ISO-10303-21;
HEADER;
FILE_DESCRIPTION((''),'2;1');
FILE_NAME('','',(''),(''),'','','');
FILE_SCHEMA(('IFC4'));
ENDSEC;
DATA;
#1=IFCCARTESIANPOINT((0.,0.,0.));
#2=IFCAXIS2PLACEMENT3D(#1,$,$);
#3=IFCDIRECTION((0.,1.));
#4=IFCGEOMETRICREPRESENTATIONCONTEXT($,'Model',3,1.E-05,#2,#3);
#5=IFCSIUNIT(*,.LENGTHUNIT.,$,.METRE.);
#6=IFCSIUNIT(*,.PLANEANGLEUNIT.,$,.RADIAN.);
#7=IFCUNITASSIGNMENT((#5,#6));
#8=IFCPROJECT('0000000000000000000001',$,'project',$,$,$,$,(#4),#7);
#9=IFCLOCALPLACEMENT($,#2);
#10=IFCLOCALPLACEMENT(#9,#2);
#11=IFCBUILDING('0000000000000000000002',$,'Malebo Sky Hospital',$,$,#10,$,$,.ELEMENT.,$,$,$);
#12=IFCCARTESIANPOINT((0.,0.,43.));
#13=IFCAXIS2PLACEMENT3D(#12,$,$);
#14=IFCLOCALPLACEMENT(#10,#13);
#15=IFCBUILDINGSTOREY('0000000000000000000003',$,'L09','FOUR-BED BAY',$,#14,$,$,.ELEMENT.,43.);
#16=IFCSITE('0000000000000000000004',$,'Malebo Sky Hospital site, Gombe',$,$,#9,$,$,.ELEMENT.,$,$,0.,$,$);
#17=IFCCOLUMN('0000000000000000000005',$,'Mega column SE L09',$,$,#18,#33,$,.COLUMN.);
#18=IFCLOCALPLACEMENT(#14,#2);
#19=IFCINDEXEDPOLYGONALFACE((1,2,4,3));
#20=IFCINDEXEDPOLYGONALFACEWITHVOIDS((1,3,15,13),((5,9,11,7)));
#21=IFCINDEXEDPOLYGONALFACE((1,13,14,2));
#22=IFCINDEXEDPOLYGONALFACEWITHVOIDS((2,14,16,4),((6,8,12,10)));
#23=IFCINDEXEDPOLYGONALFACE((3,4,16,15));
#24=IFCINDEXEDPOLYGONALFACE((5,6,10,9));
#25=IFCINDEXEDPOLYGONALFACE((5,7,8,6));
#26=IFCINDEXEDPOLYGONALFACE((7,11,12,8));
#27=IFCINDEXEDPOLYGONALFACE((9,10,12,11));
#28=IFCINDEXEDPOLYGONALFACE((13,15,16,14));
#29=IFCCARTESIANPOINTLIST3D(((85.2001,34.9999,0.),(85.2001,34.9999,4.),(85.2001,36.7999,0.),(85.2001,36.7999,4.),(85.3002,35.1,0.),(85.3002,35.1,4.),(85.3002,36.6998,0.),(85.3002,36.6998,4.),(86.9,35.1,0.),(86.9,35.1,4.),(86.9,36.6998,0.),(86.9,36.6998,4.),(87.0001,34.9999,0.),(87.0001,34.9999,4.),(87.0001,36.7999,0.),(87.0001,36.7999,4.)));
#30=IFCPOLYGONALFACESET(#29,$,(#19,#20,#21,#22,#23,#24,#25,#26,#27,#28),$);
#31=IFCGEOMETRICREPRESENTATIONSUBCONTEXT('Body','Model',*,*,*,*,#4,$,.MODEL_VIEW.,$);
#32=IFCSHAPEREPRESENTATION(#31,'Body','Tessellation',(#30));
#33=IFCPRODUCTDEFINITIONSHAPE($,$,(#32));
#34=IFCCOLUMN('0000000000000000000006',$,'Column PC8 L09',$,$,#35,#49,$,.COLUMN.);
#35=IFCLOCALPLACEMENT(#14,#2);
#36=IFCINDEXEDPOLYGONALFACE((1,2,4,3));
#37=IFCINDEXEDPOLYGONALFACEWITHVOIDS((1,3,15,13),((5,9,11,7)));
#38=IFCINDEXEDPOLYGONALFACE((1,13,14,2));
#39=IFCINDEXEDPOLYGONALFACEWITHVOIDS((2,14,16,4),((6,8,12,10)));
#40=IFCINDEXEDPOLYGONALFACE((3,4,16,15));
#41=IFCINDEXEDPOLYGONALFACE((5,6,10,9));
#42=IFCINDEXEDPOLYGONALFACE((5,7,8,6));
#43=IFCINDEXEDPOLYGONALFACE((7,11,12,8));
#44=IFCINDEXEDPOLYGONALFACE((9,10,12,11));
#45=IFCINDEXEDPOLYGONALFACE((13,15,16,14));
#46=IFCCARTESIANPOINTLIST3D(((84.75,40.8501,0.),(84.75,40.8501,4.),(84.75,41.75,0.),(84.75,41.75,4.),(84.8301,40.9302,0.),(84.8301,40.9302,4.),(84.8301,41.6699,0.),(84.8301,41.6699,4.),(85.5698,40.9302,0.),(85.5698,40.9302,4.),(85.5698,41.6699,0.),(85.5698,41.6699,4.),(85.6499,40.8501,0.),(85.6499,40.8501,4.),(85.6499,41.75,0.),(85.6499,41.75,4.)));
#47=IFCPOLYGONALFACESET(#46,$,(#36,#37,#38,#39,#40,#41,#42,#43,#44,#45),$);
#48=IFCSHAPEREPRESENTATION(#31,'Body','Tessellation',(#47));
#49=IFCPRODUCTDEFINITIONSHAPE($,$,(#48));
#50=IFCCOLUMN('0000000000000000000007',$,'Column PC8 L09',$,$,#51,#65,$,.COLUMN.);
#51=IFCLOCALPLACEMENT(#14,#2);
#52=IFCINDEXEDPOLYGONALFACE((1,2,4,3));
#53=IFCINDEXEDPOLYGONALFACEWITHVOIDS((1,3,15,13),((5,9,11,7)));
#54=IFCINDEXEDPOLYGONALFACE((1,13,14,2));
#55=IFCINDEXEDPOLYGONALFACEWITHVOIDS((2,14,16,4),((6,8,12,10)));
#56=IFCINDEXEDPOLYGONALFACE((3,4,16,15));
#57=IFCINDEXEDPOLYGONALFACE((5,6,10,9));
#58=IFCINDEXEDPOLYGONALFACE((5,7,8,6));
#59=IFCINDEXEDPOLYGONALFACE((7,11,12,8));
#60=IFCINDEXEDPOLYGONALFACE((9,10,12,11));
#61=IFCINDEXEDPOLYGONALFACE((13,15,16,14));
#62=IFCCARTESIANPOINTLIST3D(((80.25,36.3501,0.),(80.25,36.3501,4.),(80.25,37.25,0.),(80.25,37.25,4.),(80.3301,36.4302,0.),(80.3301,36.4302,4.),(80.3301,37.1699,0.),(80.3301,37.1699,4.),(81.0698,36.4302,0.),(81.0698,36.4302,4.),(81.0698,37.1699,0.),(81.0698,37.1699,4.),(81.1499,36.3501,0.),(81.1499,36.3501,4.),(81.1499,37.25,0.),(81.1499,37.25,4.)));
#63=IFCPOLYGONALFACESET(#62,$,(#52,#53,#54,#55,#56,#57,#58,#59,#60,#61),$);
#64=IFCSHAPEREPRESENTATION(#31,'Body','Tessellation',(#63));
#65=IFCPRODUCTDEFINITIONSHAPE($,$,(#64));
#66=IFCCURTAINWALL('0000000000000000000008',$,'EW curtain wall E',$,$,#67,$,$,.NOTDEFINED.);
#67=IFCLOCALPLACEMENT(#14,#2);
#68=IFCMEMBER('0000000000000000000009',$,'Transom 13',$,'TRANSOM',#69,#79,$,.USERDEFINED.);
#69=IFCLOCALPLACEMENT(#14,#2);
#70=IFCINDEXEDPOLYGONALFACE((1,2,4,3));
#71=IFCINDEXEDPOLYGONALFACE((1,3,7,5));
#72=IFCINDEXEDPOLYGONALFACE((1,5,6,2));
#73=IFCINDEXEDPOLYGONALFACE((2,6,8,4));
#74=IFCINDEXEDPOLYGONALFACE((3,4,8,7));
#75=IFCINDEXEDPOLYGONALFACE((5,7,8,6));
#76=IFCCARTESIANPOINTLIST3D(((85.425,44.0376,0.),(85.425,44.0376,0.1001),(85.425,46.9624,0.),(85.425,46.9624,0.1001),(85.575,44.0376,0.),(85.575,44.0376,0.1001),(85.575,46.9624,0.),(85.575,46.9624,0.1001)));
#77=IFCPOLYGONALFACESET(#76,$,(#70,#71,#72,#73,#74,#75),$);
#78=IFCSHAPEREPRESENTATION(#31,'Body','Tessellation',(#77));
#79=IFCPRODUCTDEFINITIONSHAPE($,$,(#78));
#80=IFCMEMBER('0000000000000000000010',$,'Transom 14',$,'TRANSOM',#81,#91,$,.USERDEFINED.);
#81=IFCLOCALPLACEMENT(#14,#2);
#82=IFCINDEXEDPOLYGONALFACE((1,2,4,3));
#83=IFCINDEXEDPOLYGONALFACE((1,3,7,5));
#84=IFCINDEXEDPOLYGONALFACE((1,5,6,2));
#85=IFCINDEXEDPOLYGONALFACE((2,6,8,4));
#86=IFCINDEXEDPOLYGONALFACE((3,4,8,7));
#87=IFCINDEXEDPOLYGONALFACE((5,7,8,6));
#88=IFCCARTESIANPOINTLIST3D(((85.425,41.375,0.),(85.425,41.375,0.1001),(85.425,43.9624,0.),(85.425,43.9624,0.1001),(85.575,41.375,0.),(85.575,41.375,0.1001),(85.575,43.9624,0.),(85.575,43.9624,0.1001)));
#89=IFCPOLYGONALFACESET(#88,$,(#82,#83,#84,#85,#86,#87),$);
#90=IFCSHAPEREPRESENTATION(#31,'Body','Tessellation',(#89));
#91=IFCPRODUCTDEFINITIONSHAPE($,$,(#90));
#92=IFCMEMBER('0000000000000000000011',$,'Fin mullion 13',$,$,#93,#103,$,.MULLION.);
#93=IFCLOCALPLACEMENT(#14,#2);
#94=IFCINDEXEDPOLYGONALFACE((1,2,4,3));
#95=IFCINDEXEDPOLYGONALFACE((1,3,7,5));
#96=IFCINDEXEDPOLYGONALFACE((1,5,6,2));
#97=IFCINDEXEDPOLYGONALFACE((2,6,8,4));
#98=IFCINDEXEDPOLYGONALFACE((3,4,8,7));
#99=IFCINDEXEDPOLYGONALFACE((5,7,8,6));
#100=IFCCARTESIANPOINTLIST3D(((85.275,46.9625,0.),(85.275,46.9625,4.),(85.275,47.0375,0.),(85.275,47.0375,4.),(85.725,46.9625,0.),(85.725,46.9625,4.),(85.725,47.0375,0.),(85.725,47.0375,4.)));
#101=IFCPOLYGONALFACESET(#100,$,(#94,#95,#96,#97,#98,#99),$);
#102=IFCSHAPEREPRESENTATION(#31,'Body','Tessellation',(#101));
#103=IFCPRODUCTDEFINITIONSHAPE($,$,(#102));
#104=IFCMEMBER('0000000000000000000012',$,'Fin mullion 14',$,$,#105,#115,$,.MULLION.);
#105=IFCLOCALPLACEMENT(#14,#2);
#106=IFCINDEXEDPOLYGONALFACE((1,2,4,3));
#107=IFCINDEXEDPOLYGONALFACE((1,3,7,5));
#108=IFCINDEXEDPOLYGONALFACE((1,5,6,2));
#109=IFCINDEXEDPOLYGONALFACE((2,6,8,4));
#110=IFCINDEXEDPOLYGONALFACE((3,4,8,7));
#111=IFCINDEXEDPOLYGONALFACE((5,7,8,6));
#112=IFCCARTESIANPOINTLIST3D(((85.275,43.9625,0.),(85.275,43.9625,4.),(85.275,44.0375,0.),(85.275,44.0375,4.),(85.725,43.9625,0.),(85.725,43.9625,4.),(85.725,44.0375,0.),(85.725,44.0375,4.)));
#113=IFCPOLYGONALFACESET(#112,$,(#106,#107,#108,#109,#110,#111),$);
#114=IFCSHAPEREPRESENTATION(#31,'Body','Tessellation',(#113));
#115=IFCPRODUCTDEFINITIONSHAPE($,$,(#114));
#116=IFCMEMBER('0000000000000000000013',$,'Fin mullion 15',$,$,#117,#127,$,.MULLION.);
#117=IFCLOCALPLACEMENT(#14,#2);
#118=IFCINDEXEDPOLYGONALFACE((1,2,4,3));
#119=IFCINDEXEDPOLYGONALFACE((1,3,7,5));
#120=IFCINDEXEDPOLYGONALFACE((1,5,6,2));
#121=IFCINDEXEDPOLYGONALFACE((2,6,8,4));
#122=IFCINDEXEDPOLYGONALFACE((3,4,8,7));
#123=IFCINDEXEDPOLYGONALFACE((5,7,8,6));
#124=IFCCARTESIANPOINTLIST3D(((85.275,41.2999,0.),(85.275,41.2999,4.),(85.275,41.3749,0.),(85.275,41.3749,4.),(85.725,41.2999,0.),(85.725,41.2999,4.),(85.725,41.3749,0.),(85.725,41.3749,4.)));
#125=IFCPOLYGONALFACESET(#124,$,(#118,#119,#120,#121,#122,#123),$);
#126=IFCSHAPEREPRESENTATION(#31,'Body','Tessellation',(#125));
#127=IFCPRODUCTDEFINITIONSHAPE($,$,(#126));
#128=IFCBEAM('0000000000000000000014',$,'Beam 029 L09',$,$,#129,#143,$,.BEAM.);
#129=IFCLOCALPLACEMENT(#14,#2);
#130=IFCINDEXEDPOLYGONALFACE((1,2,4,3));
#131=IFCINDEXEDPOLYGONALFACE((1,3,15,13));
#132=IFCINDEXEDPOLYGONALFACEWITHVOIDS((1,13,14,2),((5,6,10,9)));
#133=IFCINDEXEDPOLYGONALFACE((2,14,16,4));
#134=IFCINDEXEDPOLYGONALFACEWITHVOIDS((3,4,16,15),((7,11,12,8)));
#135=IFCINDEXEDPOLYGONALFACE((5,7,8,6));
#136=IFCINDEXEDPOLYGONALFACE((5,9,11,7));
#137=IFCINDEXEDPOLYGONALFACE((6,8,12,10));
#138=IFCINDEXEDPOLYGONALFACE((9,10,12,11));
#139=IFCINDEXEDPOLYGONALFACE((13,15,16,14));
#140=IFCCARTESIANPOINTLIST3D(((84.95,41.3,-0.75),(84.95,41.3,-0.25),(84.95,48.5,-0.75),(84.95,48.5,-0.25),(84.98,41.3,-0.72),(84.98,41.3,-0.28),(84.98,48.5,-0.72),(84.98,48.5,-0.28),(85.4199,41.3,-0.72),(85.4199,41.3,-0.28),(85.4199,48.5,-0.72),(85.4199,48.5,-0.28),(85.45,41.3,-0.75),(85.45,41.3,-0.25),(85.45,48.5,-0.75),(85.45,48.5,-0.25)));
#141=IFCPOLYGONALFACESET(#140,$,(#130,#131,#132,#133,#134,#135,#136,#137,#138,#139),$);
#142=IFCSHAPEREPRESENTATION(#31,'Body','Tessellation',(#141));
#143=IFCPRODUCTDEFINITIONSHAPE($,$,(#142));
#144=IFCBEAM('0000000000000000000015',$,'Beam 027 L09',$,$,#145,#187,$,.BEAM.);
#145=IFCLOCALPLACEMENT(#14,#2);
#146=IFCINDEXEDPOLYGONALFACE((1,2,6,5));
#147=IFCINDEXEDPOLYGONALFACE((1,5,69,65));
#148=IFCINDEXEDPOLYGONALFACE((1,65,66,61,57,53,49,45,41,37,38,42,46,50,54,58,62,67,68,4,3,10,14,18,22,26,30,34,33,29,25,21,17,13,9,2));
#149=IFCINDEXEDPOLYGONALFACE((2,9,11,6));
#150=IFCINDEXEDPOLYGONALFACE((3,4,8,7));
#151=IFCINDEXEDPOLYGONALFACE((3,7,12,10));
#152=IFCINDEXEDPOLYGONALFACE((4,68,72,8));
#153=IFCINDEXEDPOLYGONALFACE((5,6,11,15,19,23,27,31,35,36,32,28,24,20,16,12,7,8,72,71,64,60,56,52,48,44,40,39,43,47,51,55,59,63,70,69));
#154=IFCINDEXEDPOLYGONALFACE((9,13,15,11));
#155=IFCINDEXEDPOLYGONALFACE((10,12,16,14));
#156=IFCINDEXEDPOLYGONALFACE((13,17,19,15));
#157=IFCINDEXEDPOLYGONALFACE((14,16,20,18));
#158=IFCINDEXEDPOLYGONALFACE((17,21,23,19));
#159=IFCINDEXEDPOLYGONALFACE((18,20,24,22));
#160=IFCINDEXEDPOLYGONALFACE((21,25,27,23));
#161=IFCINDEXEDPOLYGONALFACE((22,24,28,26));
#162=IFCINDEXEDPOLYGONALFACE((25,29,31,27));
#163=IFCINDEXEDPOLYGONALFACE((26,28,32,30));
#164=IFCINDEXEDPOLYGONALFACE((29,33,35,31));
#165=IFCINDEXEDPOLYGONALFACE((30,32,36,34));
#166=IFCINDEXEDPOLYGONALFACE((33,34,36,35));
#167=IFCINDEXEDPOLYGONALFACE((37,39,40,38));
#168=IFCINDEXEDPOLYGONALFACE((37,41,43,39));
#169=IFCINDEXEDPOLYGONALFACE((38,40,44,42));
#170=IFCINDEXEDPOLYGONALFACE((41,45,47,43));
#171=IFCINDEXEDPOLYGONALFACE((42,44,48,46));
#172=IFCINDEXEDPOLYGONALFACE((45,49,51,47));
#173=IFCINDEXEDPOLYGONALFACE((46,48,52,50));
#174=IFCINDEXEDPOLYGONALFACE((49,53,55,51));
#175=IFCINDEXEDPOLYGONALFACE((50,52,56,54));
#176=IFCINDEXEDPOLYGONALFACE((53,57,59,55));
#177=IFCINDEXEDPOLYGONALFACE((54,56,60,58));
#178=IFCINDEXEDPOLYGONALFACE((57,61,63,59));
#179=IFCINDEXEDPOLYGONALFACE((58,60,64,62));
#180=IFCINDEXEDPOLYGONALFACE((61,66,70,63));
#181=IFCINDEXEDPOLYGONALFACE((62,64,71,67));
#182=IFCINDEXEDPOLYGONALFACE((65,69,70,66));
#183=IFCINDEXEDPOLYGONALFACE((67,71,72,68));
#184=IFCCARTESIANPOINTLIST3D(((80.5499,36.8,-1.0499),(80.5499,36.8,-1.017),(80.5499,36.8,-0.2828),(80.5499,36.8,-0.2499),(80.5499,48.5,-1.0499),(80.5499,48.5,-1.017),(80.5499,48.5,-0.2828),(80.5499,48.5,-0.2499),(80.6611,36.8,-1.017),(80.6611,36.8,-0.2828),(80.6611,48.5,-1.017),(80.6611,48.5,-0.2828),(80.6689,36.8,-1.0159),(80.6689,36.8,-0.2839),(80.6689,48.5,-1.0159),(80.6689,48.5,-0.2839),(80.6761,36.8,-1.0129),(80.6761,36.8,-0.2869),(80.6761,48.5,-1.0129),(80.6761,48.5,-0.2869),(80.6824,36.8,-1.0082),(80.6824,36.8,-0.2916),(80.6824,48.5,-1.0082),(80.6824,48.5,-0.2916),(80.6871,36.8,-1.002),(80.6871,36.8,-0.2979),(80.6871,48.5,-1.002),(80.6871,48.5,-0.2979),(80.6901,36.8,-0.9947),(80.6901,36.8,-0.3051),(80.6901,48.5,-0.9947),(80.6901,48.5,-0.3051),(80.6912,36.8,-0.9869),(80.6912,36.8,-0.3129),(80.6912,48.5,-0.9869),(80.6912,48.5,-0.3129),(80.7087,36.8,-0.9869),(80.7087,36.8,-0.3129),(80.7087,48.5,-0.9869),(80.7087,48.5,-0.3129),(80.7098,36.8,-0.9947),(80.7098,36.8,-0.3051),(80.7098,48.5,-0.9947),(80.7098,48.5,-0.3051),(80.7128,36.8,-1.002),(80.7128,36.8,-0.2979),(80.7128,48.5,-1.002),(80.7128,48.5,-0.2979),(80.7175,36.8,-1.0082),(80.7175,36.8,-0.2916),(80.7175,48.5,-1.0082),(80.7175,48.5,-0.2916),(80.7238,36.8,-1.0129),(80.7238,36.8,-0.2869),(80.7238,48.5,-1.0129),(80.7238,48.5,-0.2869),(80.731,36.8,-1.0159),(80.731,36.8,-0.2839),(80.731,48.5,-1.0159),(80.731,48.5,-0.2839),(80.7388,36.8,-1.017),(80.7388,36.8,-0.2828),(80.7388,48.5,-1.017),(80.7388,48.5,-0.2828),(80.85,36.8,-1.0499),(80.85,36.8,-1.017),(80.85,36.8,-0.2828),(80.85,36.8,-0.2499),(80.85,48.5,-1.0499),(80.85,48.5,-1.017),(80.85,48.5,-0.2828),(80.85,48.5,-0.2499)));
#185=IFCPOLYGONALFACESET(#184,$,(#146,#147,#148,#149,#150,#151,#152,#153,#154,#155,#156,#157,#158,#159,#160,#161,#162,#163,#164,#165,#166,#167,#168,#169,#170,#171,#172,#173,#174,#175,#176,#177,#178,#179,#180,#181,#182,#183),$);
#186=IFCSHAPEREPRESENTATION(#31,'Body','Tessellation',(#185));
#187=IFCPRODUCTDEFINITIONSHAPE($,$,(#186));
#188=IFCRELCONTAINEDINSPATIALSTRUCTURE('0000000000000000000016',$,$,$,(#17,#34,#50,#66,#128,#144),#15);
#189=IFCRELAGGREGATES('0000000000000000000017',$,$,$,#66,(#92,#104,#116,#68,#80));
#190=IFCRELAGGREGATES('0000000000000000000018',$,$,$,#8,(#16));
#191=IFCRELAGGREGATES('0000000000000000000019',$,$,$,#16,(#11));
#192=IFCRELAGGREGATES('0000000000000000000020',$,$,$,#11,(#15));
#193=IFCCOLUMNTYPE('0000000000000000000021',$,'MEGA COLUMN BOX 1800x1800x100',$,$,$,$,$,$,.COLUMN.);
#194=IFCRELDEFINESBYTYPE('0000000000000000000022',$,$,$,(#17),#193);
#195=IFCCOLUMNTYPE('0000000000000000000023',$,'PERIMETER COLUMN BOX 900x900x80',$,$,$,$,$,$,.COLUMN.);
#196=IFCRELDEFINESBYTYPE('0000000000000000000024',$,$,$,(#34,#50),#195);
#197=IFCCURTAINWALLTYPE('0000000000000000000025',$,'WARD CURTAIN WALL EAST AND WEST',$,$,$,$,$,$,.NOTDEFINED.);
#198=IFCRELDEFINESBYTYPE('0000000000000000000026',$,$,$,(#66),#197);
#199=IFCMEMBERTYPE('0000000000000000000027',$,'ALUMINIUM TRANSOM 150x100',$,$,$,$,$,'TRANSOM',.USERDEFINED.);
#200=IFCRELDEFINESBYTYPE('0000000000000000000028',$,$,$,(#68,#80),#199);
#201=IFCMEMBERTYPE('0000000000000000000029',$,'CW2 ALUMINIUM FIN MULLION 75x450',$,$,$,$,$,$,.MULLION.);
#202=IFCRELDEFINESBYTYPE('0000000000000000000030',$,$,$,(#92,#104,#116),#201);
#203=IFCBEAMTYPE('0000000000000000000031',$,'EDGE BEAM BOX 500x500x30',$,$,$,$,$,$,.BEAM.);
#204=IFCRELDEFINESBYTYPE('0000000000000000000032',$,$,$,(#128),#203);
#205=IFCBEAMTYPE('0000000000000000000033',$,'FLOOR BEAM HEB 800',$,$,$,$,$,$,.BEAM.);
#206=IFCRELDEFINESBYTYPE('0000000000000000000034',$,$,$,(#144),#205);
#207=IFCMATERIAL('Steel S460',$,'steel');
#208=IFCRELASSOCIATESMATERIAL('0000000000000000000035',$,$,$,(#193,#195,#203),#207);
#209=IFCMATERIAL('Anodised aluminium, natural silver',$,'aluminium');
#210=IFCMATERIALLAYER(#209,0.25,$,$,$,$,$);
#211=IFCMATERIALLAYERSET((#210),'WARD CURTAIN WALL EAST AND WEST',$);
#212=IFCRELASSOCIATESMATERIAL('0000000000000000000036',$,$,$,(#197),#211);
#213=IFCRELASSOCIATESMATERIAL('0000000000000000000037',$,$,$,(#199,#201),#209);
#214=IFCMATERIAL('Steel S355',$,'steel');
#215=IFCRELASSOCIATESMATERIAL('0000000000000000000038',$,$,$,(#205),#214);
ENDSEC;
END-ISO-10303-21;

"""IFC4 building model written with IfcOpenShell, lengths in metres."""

from ifc_helpers import new_model, si_unit, direction, frame, origin, origin_2d, place, context, subcontext, project, spatial, rectangle, hollow_rectangle, i_section, extrude, material, layer, layer_set, material_profile, profile_set, type_object, element, aggregate, save


model = new_model("IFC4")

# Units and contexts
model_context = context("Model", 3, precision=1e-05, world=origin(), true_north=direction((0.0, 1.0)))
body_context = subcontext(model_context, "Body", "Model", "MODEL_VIEW")
ifc_project = project(units=[si_unit("LENGTHUNIT", "METRE"), si_unit("PLANEANGLEUNIT", "RADIAN")], contexts=[model_context])

# Site, building, storey
site_placement = place(None, origin())
site = spatial("IfcSite", under=ifc_project, at=site_placement, Name="Malebo Sky Hospital site, Gombe", CompositionType="ELEMENT", RefElevation=0.0)
building_placement = place(site_placement, origin())
building = spatial("IfcBuilding", under=site, at=building_placement, Name="Malebo Sky Hospital", CompositionType="ELEMENT")
storey_placement = place(building_placement, frame((0.0, 0.0, 43.0)))
storey = spatial("IfcBuildingStorey", under=building, at=storey_placement, Name="L09", Description="FOUR-BED BAY", CompositionType="ELEMENT", Elevation=43.0)

# Columns
ifc_material_1 = material(Name="Steel S460", Category="steel")
ifc_material_profile_1 = material_profile(ifc_material_1, hollow_rectangle(XDim=1.8, YDim=1.8, WallThickness=0.1001, at=origin_2d()), Name="BOX 1800x1800x100")
ifc_profile_set_1 = profile_set([ifc_material_profile_1], Name="Steel S460")
column_type_1 = type_object("IfcColumnType", Name="MEGA COLUMN BOX 1800x1800x100", PredefinedType="COLUMN", material=ifc_profile_set_1)
column_placement = place(storey_placement, frame((86.1001, 35.8999, 0.0), z_axis=(0.0, 0.0, 1.0), x_axis=(1.0, 0.0, 0.0)))
element("IfcColumn", 1, at=column_placement, inside=storey, type_object=column_type_1, Name="Mega column SE L09", PredefinedType="COLUMN", context=body_context, shape_type="SweptSolid", body=[
    extrude(hollow_rectangle(XDim=1.8, YDim=1.8, WallThickness=0.1001, at=origin_2d()), origin(), (0.0, 0.0, 1.0), 4.0),
])
ifc_material_profile_2 = material_profile(ifc_material_1, hollow_rectangle(XDim=0.8999, YDim=0.8999, WallThickness=0.0801, at=origin_2d()), Name="BOX 900x900x80")
ifc_profile_set_2 = profile_set([ifc_material_profile_2], Name="Steel S460")
column_type_2 = type_object("IfcColumnType", Name="PERIMETER COLUMN BOX 900x900x80", PredefinedType="COLUMN", material=ifc_profile_set_2)
for number, where, z_axis, x_axis, name in (
    (2, (85.2, 41.3, 0.0), (0.0, 0.0, 1.0), (1.0, 0.0, 0.0), "Column PC8 L09"),
    (3, (80.7, 36.8, 0.0), (0.0, 0.0, 1.0), (1.0, 0.0, 0.0), "Column PC8 L09"),
):
    element("IfcColumn", number, at=place(storey_placement, frame(where, z_axis=z_axis, x_axis=x_axis)), inside=storey, type_object=column_type_2, Name=name, PredefinedType="COLUMN", context=body_context, shape_type="SweptSolid", body=[
        extrude(hollow_rectangle(XDim=0.8999, YDim=0.8999, WallThickness=0.0801, at=origin_2d()), origin(), (0.0, 0.0, 1.0), 4.0),
    ])

# Curtain wall, members
ifc_material_2 = material(Name="Anodised aluminium, natural silver", Category="aluminium")
ifc_layer_1 = layer(ifc_material_2, 0.25)
ifc_layer_set_1 = layer_set([ifc_layer_1], Name="WARD CURTAIN WALL EAST AND WEST")
curtain_wall_type = type_object("IfcCurtainWallType", Name="WARD CURTAIN WALL EAST AND WEST", PredefinedType="NOTDEFINED", material=ifc_layer_set_1)
curtain_wall_placement = place(storey_placement, origin())
curtain_wall = element("IfcCurtainWall", 4, at=curtain_wall_placement, inside=storey, type_object=curtain_wall_type, Name="EW curtain wall E", PredefinedType="NOTDEFINED")
ifc_material_profile_3 = material_profile(ifc_material_2, rectangle(XDim=0.1499, YDim=0.1001, at=origin_2d()), Name="ALUMINIUM TRANSOM 150x100")
ifc_profile_set_3 = profile_set([ifc_material_profile_3], Name="Anodised aluminium, natural silver")
member_type_1 = type_object("IfcMemberType", Name="ALUMINIUM TRANSOM 150x100", ElementType="TRANSOM", PredefinedType="USERDEFINED", material=ifc_profile_set_3)
member_1_placement = place(storey_placement, frame((85.5, 46.9624, 0.05), z_axis=(0.0, -1.0, 0.0), x_axis=(1.0, 0.0, 0.0)))
member_1 = element("IfcMember", 5, at=member_1_placement, type_object=member_type_1, Name="Transom 13", ObjectType="TRANSOM", PredefinedType="USERDEFINED", context=body_context, shape_type="SweptSolid", body=[
    extrude(rectangle(XDim=0.1499, YDim=0.1001, at=origin_2d()), origin(), (0.0, 0.0, 1.0), 2.9248),
])
member_2_placement = place(storey_placement, frame((85.5, 43.9624, 0.05), z_axis=(0.0, -1.0, 0.0), x_axis=(1.0, 0.0, 0.0)))
member_2 = element("IfcMember", 6, at=member_2_placement, type_object=member_type_1, Name="Transom 14", ObjectType="TRANSOM", PredefinedType="USERDEFINED", context=body_context, shape_type="SweptSolid", body=[
    extrude(rectangle(XDim=0.1499, YDim=0.1001, at=origin_2d()), origin(), (0.0, 0.0, 1.0), 2.5874),
])
ifc_material_profile_4 = material_profile(ifc_material_2, rectangle(XDim=0.075, YDim=0.45, at=origin_2d()), Name="CW2 ALUMINIUM FIN MULLION 75x450")
ifc_profile_set_4 = profile_set([ifc_material_profile_4], Name="Anodised aluminium, natural silver")
member_type_2 = type_object("IfcMemberType", Name="CW2 ALUMINIUM FIN MULLION 75x450", PredefinedType="MULLION", material=ifc_profile_set_4)
member_3_placement = place(storey_placement, frame((85.5, 47.0, 0.0), z_axis=(0.0, 0.0, 1.0), x_axis=(0.0, -1.0, 0.0)))
member_3 = element("IfcMember", 7, at=member_3_placement, type_object=member_type_2, Name="Fin mullion 13", PredefinedType="MULLION", context=body_context, shape_type="SweptSolid", body=[
    extrude(rectangle(XDim=0.075, YDim=0.45, at=origin_2d()), origin(), (0.0, 0.0, 1.0), 4.0),
])
member_4_placement = place(storey_placement, frame((85.5, 44.0, 0.0), z_axis=(0.0, 0.0, 1.0), x_axis=(0.0, -1.0, 0.0)))
member_4 = element("IfcMember", 8, at=member_4_placement, type_object=member_type_2, Name="Fin mullion 14", PredefinedType="MULLION", context=body_context, shape_type="SweptSolid", body=[
    extrude(rectangle(XDim=0.075, YDim=0.45, at=origin_2d()), origin(), (0.0, 0.0, 1.0), 4.0),
])
member_5_placement = place(storey_placement, frame((85.5, 41.3374, 0.0), z_axis=(0.0, 0.0, 1.0), x_axis=(0.0, -1.0, 0.0)))
member_5 = element("IfcMember", 9, at=member_5_placement, type_object=member_type_2, Name="Fin mullion 15", PredefinedType="MULLION", context=body_context, shape_type="SweptSolid", body=[
    extrude(rectangle(XDim=0.075, YDim=0.45, at=origin_2d()), origin(), (0.0, 0.0, 1.0), 4.0),
])

# Beams
ifc_material_profile_5 = material_profile(ifc_material_1, hollow_rectangle(XDim=0.5, YDim=0.5, WallThickness=0.03, at=origin_2d()), Name="BOX 500x500x30")
ifc_profile_set_5 = profile_set([ifc_material_profile_5], Name="Steel S460")
beam_type_1 = type_object("IfcBeamType", Name="EDGE BEAM BOX 500x500x30", PredefinedType="BEAM", material=ifc_profile_set_5)
beam_1_placement = place(storey_placement, frame((85.2, 41.3, -0.5), z_axis=(0.0, 1.0, 0.0), x_axis=(-1.0, 0.0, 0.0)))
element("IfcBeam", 10, at=beam_1_placement, inside=storey, type_object=beam_type_1, Name="Beam 029 L09", PredefinedType="BEAM", context=body_context, shape_type="SweptSolid", body=[
    extrude(hollow_rectangle(XDim=0.5, YDim=0.5, WallThickness=0.03, at=origin_2d()), origin(), (0.0, 0.0, 1.0), 7.2),
])
ifc_material_3 = material(Name="Steel S355", Category="steel")
ifc_material_profile_6 = material_profile(ifc_material_3, i_section(OverallWidth=0.3, OverallDepth=0.8, WebThickness=0.0176, FlangeThickness=0.033, FilletRadius=0.03, at=origin_2d()), Name="HEB 800")
ifc_profile_set_6 = profile_set([ifc_material_profile_6], Name="Steel S355")
beam_type_2 = type_object("IfcBeamType", Name="FLOOR BEAM HEB 800", PredefinedType="BEAM", material=ifc_profile_set_6)
beam_2_placement = place(storey_placement, frame((80.7, 36.8, -0.6499), z_axis=(0.0, 1.0, 0.0), x_axis=(-1.0, 0.0, 0.0)))
element("IfcBeam", 11, at=beam_2_placement, inside=storey, type_object=beam_type_2, Name="Beam 027 L09", PredefinedType="BEAM", context=body_context, shape_type="SweptSolid", body=[
    extrude(i_section(OverallWidth=0.3, OverallDepth=0.8, WebThickness=0.0176, FlangeThickness=0.033, FilletRadius=0.03, at=origin_2d()), origin(), (0.0, 0.0, 1.0), 11.7),
])

aggregate(curtain_wall, [member_3, member_4, member_5, member_1, member_2])

save(model, "model.ifc")
